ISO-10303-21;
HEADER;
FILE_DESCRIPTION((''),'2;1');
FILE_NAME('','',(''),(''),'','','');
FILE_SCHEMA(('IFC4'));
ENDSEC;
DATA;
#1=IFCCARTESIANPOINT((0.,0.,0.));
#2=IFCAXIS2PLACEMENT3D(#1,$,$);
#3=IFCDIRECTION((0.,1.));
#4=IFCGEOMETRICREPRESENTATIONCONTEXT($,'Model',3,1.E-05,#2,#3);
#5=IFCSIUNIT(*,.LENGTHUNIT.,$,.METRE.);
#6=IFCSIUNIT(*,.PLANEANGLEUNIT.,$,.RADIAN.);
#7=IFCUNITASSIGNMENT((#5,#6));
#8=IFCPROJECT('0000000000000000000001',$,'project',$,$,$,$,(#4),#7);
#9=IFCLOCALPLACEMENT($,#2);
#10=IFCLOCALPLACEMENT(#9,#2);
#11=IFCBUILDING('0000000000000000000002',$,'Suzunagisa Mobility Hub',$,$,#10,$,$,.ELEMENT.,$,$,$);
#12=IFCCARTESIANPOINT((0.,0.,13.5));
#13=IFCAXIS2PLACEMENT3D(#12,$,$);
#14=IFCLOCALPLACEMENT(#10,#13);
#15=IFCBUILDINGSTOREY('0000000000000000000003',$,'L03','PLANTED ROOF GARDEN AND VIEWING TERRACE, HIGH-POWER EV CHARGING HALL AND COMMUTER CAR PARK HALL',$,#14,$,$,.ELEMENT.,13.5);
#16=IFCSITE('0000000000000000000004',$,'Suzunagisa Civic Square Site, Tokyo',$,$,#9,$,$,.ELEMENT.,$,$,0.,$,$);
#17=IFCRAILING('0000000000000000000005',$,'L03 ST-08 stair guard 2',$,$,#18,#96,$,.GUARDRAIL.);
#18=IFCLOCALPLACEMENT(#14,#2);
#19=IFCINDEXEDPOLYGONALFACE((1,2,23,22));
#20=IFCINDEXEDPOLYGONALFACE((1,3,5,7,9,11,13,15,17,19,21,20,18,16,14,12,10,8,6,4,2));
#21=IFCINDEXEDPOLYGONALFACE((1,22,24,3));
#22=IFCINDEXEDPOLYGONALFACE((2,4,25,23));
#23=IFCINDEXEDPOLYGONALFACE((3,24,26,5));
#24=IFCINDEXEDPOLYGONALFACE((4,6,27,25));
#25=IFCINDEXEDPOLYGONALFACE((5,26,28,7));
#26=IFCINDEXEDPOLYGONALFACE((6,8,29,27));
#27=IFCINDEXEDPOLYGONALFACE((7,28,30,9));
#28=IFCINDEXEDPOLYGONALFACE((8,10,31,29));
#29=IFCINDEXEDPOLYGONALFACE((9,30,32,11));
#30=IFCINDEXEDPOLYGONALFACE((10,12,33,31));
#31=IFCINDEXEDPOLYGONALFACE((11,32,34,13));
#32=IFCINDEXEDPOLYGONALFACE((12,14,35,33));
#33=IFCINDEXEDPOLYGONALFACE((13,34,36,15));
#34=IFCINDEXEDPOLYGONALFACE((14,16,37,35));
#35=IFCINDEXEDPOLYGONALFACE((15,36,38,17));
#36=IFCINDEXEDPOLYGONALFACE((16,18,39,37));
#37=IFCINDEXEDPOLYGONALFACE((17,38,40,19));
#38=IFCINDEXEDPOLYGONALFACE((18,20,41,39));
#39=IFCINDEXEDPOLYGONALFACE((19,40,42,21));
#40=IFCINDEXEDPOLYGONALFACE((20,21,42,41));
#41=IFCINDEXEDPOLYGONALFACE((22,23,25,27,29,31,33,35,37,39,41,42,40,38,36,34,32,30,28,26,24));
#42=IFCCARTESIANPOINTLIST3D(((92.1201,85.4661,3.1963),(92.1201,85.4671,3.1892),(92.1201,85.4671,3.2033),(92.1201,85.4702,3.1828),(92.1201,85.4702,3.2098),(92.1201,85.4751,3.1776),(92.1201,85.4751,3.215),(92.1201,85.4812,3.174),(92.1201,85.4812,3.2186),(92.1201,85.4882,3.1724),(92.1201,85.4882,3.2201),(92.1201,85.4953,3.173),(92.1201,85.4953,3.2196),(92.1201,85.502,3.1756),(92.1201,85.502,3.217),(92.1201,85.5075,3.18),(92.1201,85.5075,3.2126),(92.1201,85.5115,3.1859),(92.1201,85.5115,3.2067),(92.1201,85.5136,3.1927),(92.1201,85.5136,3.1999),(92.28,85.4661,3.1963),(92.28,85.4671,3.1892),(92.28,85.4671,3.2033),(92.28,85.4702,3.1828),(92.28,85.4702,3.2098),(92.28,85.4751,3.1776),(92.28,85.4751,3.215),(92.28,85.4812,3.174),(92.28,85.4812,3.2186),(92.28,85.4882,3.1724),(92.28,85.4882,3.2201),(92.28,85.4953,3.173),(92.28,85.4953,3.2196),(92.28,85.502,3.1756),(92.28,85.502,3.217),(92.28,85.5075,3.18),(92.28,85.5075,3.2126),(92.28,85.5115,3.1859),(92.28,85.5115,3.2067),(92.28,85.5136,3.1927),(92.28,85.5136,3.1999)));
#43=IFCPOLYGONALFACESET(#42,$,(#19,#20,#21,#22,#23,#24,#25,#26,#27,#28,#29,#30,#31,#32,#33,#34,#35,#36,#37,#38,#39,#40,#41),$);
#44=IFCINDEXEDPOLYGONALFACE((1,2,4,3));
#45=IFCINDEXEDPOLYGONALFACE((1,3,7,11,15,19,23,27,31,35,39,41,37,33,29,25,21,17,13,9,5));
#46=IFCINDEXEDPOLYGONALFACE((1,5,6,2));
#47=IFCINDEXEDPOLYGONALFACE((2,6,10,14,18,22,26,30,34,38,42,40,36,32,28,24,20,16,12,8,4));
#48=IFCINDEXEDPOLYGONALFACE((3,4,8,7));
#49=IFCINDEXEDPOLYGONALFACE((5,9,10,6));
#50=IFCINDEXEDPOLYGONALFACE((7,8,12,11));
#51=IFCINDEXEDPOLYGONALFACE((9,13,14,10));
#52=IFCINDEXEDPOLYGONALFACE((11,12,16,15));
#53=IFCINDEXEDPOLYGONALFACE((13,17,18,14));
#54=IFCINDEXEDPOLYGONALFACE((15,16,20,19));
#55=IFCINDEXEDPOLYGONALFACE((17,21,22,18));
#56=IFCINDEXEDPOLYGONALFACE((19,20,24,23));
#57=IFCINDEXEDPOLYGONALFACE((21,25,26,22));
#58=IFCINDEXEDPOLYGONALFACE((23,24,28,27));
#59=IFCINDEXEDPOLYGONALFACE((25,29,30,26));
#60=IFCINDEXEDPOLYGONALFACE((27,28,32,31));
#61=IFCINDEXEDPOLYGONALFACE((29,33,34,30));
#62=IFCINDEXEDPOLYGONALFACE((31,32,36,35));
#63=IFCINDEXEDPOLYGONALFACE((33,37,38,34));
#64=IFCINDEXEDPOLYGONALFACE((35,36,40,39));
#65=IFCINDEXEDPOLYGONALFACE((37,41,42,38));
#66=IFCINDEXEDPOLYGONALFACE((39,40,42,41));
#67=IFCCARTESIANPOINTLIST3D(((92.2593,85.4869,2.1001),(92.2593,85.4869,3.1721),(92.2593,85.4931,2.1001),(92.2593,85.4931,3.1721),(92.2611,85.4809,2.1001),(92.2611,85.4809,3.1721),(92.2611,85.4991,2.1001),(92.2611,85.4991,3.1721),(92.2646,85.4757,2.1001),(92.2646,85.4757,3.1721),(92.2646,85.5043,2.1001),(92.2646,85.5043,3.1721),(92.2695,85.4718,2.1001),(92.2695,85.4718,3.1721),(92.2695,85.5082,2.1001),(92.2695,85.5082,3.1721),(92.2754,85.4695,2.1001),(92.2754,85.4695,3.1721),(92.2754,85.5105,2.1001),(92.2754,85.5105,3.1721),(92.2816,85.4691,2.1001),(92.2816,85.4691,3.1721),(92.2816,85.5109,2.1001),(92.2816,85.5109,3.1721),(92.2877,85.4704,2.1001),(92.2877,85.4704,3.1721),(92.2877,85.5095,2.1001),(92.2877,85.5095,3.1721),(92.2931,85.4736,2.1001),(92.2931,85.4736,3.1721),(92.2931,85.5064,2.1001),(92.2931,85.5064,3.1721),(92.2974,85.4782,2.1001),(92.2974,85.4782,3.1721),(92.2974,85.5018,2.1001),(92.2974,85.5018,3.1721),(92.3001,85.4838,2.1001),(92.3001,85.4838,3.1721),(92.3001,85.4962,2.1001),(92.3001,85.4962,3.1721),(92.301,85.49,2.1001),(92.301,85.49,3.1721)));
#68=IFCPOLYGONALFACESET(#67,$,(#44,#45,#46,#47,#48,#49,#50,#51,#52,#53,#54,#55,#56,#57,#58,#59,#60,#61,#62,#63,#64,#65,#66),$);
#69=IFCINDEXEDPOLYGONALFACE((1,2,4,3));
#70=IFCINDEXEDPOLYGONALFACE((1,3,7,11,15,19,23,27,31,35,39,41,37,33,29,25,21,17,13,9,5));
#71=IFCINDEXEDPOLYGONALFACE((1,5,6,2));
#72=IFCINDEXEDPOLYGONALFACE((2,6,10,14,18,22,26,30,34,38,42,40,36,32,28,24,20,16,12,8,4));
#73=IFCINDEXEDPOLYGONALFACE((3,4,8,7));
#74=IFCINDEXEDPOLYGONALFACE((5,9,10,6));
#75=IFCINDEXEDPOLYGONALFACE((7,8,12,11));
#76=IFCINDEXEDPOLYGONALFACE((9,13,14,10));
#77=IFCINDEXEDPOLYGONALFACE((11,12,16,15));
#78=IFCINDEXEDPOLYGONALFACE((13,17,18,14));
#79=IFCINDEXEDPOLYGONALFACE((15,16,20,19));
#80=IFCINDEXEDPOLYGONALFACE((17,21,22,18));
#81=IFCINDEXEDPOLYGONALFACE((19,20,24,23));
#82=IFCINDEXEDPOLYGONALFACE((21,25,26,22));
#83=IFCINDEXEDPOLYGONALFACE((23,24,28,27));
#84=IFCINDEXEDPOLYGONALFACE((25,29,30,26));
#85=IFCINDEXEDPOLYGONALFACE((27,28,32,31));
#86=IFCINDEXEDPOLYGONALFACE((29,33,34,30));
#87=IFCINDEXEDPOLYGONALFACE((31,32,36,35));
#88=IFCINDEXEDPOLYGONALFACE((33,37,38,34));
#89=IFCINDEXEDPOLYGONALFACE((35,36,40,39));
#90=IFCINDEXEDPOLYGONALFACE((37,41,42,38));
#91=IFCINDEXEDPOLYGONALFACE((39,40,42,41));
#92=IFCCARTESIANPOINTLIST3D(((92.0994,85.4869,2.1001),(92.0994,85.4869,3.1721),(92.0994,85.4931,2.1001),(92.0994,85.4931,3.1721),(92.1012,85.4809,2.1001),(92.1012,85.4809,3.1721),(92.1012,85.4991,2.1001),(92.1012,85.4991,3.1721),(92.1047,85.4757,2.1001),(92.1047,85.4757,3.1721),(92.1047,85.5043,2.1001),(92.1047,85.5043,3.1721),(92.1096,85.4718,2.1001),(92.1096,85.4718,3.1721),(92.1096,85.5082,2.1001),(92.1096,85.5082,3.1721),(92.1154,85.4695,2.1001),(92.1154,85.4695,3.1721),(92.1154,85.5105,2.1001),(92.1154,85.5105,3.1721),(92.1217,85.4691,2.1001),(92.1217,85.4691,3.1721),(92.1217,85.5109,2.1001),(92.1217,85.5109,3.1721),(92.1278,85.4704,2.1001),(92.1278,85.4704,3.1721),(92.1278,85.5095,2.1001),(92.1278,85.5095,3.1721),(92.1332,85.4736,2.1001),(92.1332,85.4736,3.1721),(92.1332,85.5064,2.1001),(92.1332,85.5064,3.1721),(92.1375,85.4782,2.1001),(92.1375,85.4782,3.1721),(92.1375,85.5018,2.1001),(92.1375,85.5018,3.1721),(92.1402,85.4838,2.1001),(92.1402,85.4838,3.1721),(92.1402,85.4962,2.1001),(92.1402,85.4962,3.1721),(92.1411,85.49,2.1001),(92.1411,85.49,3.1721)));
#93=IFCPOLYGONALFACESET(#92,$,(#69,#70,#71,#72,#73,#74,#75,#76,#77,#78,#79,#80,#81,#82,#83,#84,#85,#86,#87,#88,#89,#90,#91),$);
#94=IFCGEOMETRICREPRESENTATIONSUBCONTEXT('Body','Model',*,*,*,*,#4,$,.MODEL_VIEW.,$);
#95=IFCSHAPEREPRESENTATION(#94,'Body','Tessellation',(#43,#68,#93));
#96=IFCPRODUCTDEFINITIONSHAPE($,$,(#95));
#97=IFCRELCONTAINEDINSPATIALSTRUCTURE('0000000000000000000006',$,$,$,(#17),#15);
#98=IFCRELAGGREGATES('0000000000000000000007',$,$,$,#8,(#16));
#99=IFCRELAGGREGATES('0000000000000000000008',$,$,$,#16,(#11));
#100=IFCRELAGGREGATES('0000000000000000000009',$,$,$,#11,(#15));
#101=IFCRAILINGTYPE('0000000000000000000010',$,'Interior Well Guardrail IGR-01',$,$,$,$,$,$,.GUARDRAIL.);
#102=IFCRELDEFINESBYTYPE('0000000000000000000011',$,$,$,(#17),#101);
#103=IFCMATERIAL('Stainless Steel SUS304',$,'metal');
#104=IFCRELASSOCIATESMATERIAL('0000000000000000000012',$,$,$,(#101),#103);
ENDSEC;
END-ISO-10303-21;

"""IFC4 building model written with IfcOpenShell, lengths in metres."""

from ifc_helpers import new_model, si_unit, direction, frame, origin, origin_2d, place, context, subcontext, project, spatial, circle, extrude, material, type_object, element, save


model = new_model("IFC4")

# Units and contexts
model_context = context("Model", 3, precision=1e-05, world=origin(), true_north=direction((0.0, 1.0)))
body_context = subcontext(model_context, "Body", "Model", "MODEL_VIEW")
ifc_project = project(units=[si_unit("LENGTHUNIT", "METRE"), si_unit("PLANEANGLEUNIT", "RADIAN")], contexts=[model_context])

# Site, building, storey
site_placement = place(None, origin())
site = spatial("IfcSite", under=ifc_project, at=site_placement, Name="Suzunagisa Civic Square Site, Tokyo", CompositionType="ELEMENT", RefElevation=0.0)
building_placement = place(site_placement, origin())
building = spatial("IfcBuilding", under=site, at=building_placement, Name="Suzunagisa Mobility Hub", CompositionType="ELEMENT")
storey_placement = place(building_placement, frame((0.0, 0.0, 13.5)))
storey = spatial("IfcBuildingStorey", under=building, at=storey_placement, Name="L03", Description="PLANTED ROOF GARDEN AND VIEWING TERRACE, HIGH-POWER EV CHARGING HALL AND COMMUTER CAR PARK HALL", CompositionType="ELEMENT", Elevation=13.5)

# Railing
ifc_material_1 = material(Name="Stainless Steel SUS304", Category="metal")
railing_type_1 = type_object("IfcRailingType", Name="Interior Well Guardrail IGR-01", PredefinedType="GUARDRAIL", material=ifc_material_1)
railing_1_placement = place(storey_placement, frame((92.28, 85.49, 2.1001)))
element("IfcRailing", 1, at=railing_1_placement, inside=storey, type_object=railing_type_1, Name="L03 ST-08 stair guard 2", PredefinedType="GUARDRAIL", context=body_context, shape_type="SweptSolid", body=[
    extrude(circle(Radius=0.0239, at=origin_2d()), frame((0.0, 0.0, 1.0962), z_axis=(-1.0, 0.0, 0.0), x_axis=(0.0, -1.0, 0.0)), (0.0, 0.0, 1.0), 0.1599),
    extrude(circle(Radius=0.021, at=origin_2d()), origin(), (0.0, 0.0, 1.0), 1.072),
    extrude(circle(Radius=0.021, at=origin_2d()), frame((-0.1599, 0.0, 0.0)), (0.0, 0.0, 1.0), 1.072),
])

save(model, "model.ifc")
